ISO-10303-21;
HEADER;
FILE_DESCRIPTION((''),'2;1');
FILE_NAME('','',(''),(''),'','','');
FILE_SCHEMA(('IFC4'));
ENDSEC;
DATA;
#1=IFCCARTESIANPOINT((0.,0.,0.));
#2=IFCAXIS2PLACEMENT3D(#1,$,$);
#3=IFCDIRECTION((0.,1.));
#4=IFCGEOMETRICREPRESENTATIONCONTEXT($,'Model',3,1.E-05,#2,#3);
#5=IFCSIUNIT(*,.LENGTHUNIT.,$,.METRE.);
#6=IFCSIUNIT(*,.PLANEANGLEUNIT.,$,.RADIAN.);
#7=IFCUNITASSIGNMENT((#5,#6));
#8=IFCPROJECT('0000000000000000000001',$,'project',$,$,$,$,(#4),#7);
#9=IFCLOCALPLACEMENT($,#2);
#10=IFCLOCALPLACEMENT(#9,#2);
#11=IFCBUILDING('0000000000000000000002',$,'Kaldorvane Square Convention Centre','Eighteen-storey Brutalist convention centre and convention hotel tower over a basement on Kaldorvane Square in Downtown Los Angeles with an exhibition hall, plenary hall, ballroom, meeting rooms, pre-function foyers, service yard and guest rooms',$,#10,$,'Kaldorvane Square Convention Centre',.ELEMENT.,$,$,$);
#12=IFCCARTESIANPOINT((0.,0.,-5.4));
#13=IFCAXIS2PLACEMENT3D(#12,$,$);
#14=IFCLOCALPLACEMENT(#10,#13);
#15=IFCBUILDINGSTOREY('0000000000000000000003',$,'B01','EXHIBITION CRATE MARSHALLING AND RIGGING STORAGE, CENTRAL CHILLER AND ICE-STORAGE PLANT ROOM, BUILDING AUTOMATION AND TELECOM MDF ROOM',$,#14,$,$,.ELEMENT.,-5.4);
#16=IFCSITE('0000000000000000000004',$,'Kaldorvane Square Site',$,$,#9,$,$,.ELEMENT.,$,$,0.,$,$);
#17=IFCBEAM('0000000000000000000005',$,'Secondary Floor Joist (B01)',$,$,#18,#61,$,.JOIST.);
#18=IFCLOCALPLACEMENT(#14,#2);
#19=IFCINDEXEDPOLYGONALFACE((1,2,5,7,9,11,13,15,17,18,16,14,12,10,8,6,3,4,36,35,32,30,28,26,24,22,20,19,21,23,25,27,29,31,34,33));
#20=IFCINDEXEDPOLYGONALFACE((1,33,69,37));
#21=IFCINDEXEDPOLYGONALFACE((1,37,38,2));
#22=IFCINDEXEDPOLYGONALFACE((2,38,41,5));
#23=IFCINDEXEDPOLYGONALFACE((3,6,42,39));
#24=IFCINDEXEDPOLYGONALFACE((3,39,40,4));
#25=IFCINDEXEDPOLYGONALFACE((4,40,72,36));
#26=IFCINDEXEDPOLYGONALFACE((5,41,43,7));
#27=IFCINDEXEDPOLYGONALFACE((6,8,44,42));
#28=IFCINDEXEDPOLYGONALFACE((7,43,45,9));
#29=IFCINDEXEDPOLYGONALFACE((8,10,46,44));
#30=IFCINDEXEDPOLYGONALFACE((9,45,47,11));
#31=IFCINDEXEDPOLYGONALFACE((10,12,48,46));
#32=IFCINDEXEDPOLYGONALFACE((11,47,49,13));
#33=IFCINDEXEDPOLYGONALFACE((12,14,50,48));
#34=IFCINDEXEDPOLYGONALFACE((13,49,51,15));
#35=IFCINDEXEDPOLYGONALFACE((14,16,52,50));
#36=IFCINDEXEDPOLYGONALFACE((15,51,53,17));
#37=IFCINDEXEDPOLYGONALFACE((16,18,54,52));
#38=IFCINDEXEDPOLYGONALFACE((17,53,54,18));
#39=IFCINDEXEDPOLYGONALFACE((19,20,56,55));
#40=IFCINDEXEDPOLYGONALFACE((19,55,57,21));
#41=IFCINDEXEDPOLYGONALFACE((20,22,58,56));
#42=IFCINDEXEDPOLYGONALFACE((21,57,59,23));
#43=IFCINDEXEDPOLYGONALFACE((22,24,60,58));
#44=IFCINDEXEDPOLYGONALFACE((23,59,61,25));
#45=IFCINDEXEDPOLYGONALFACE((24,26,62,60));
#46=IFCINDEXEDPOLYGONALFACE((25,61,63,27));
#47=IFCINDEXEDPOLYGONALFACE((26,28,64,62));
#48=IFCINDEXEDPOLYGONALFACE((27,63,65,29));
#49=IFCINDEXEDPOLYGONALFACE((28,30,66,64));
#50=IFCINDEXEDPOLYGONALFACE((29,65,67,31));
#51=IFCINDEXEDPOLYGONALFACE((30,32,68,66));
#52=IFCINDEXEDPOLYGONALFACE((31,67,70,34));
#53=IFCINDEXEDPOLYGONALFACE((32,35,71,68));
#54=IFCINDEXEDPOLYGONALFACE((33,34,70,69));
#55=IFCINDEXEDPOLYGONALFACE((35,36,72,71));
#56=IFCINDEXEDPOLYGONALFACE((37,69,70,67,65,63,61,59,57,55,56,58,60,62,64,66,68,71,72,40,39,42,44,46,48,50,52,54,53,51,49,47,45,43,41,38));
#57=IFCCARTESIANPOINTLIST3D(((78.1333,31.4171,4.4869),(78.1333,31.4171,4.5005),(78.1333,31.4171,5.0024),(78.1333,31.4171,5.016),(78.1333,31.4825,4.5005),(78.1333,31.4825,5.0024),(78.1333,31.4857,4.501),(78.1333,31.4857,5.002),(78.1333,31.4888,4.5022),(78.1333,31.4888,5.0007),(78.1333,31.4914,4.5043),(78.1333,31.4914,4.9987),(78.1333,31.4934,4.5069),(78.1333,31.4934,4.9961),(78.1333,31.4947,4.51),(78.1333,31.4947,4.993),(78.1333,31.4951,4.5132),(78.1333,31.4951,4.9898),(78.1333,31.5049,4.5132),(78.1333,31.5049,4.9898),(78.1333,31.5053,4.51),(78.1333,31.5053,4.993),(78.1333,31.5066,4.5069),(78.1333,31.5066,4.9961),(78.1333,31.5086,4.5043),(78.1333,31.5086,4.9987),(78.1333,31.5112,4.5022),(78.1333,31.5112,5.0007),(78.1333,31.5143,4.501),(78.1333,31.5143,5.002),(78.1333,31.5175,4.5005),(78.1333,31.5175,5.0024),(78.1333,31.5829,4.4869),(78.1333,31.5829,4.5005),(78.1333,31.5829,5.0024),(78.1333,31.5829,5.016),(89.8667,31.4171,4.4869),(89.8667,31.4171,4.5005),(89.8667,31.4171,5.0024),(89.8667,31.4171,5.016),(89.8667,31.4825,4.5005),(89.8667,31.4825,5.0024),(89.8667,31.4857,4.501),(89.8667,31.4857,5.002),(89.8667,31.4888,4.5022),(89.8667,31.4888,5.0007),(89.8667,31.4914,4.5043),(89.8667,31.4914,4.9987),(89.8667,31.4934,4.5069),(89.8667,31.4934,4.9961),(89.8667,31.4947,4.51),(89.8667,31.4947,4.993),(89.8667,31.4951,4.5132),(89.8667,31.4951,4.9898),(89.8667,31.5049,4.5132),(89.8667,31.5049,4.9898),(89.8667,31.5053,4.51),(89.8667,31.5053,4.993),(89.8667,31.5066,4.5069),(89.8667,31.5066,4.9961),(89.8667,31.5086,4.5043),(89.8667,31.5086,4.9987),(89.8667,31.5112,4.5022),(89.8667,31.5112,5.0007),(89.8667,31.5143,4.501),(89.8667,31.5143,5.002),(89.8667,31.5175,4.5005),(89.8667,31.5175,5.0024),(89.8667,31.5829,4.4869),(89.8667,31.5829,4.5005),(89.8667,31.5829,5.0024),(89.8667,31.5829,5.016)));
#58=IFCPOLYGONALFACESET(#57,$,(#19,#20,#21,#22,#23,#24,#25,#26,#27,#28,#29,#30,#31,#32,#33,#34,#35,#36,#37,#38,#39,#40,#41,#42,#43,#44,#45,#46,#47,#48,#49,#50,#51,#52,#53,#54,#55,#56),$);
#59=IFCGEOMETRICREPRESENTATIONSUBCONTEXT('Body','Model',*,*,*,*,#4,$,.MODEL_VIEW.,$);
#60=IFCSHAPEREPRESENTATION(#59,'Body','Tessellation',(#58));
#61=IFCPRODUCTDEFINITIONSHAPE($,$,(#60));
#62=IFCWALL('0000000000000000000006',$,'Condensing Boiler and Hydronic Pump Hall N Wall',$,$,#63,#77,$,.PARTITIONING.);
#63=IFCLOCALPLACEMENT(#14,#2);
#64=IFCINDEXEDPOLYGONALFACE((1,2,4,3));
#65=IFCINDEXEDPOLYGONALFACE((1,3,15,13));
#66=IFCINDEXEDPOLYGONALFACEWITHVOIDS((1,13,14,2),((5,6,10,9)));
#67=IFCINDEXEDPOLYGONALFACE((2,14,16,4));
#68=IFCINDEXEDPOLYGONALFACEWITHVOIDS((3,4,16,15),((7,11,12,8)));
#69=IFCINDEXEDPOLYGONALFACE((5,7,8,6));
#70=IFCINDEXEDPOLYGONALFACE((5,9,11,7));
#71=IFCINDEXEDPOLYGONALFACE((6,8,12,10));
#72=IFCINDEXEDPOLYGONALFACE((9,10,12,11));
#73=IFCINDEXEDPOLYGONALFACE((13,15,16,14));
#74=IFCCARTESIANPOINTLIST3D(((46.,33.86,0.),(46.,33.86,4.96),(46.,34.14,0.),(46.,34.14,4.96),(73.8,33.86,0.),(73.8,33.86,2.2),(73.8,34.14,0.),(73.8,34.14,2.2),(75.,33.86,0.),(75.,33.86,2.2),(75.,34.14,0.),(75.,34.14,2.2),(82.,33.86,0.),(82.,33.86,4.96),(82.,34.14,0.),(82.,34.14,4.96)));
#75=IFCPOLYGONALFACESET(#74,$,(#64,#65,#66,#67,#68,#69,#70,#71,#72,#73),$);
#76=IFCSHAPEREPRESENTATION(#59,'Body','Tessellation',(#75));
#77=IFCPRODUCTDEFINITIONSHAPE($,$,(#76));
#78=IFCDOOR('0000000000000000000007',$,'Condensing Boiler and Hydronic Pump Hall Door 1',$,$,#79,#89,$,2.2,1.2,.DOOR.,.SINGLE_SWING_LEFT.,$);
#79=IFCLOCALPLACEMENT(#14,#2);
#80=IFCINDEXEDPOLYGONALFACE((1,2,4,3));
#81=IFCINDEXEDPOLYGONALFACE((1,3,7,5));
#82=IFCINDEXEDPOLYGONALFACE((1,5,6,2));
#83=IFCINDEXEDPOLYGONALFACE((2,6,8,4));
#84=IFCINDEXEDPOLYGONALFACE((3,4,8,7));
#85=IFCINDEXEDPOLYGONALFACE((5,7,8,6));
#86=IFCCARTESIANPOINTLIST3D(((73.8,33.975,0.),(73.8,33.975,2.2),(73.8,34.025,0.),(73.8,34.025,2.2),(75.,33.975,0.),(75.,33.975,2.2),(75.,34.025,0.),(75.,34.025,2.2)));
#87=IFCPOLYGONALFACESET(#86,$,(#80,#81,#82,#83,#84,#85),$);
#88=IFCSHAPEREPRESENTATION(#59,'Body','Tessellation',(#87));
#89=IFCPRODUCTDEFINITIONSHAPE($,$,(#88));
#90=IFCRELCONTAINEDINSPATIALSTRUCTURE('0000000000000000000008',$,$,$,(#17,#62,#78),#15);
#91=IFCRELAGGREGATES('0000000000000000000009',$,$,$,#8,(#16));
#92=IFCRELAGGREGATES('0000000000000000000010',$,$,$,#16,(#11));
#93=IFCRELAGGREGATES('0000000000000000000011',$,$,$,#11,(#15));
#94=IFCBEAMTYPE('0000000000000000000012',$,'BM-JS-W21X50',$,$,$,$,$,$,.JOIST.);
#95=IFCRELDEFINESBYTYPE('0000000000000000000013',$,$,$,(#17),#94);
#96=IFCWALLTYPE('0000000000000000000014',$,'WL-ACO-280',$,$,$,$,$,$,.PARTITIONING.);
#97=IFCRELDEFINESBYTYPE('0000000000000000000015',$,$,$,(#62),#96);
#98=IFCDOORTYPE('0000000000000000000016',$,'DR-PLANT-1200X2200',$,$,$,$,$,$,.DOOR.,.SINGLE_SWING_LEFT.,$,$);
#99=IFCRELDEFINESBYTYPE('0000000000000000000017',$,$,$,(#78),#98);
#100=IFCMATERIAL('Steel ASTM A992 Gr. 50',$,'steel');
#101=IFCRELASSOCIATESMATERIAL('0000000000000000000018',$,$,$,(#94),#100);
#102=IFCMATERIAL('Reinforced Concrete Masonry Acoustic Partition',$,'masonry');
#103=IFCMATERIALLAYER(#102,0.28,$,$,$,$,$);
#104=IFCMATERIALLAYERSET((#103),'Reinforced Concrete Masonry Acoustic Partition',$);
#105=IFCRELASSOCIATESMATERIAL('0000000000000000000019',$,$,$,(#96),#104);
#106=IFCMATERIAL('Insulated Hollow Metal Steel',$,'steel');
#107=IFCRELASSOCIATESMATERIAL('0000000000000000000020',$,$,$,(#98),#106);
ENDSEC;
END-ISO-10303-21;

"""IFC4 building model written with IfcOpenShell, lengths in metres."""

from ifc_helpers import new_model, si_unit, direction, frame, frame_2d, origin, origin_2d, place, context, subcontext, project, spatial, rectangle, i_section, extrude, material, layer, layer_set, material_profile, profile_set, type_object, element, fill, save


model = new_model("IFC4")

# Units and contexts
model_context = context("Model", 3, precision=1e-05, world=origin(), true_north=direction((0.0, 1.0)))
body_context = subcontext(model_context, "Body", "Model", "MODEL_VIEW")
ifc_project = project(units=[si_unit("LENGTHUNIT", "METRE"), si_unit("PLANEANGLEUNIT", "RADIAN")], contexts=[model_context])

# Site, building, storey
site_placement = place(None, origin())
site = spatial("IfcSite", under=ifc_project, at=site_placement, Name="Kaldorvane Square Site", CompositionType="ELEMENT", RefElevation=0.0)
building_placement = place(site_placement, origin())
building = spatial("IfcBuilding", under=site, at=building_placement, Name="Kaldorvane Square Convention Centre", Description="Eighteen-storey Brutalist convention centre and convention hotel tower over a basement on Kaldorvane Square in Downtown Los Angeles with an exhibition hall, plenary hall, ballroom, meeting rooms, pre-function foyers, service yard and guest rooms", LongName="Kaldorvane Square Convention Centre", CompositionType="ELEMENT")
storey_placement = place(building_placement, frame((0.0, 0.0, -5.4)))
storey = spatial("IfcBuildingStorey", under=building, at=storey_placement, Name="B01", Description="EXHIBITION CRATE MARSHALLING AND RIGGING STORAGE, CENTRAL CHILLER AND ICE-STORAGE PLANT ROOM, BUILDING AUTOMATION AND TELECOM MDF ROOM", CompositionType="ELEMENT", Elevation=-5.4)

# Shared definitions
ifc_material_1 = material(Name="Steel ASTM A992 Gr. 50", Category="steel")

# Beam
ifc_material_profile_1 = material_profile(ifc_material_1, i_section(OverallWidth=0.1659, OverallDepth=0.5291, WebThickness=0.0097, FlangeThickness=0.0136, FilletRadius=0.0127, at=origin_2d()), Name="W21X50")
ifc_profile_set_1 = profile_set([ifc_material_profile_1], Name="Steel ASTM A992 Gr. 50")
beam_type_1 = type_object("IfcBeamType", Name="BM-JS-W21X50", PredefinedType="JOIST", material=ifc_profile_set_1)
for number, where, z_axis, x_axis, name in (
    (1, (78.1333, 31.5, 4.7515), (1.0, 0.0, 0.0), (0.0, 1.0, 0.0), "Secondary Floor Joist (B01)"),
):
    element("IfcBeam", number, at=place(storey_placement, frame(where, z_axis=z_axis, x_axis=x_axis)), inside=storey, type_object=beam_type_1, Name=name, PredefinedType="JOIST", context=body_context, shape_type="SweptSolid", body=[
        extrude(i_section(OverallWidth=0.1659, OverallDepth=0.5291, WebThickness=0.0097, FlangeThickness=0.0136, FilletRadius=0.0127, at=origin_2d()), origin(), (0.0, 0.0, 1.0), 11.7334),
    ])

# Wall, opening, door
ifc_material_2 = material(Name="Reinforced Concrete Masonry Acoustic Partition", Category="masonry")
ifc_layer = layer(ifc_material_2, 0.28)
ifc_layer_set = layer_set([ifc_layer], Name="Reinforced Concrete Masonry Acoustic Partition")
wall_type = type_object("IfcWallType", Name="WL-ACO-280", PredefinedType="PARTITIONING", material=ifc_layer_set)
wall_placement = place(storey_placement, frame((82.0, 34.0, 0.0), z_axis=(0.0, 0.0, 1.0), x_axis=(-1.0, 0.0, 0.0)))
wall = element("IfcWall", 2, at=wall_placement, inside=storey, type_object=wall_type, Name="Condensing Boiler and Hydronic Pump Hall N Wall", PredefinedType="PARTITIONING", context=body_context, shape_type="SweptSolid", body=[
    extrude(rectangle(XDim=36.0, YDim=0.28, at=frame_2d((18.0, 0.0))), origin(), (0.0, 0.0, 1.0), 4.96),
])
opening_placement = place(wall_placement, frame((7.0, 0.0, 0.0)))
opening = element("IfcOpeningElement", 3, at=opening_placement, cuts=wall, PredefinedType="OPENING", context=body_context, shape_type="SweptSolid", body=[
    extrude(rectangle(XDim=1.2, YDim=2.2, at=frame_2d((0.6, 1.1))), frame((0.0, 0.155, 0.0), z_axis=(0.0, -1.0, 0.0), x_axis=(1.0, 0.0, 0.0)), (0.0, 0.0, 1.0), 0.31),
])
ifc_material_3 = material(Name="Insulated Hollow Metal Steel", Category="steel")
door_type = type_object("IfcDoorType", Name="DR-PLANT-1200X2200", OperationType="SINGLE_SWING_LEFT", PredefinedType="DOOR", material=ifc_material_3)
door_placement = place(opening_placement, origin())
door = element("IfcDoor", 4, at=door_placement, inside=storey, type_object=door_type, Name="Condensing Boiler and Hydronic Pump Hall Door 1", OperationType="SINGLE_SWING_LEFT", OverallHeight=2.2, OverallWidth=1.2, PredefinedType="DOOR", context=body_context, shape_type="SweptSolid", body=[
    extrude(rectangle(XDim=1.2, YDim=2.2, at=frame_2d((0.6, 1.1))), frame((0.0, 0.025, 0.0), z_axis=(0.0, -1.0, 0.0), x_axis=(1.0, 0.0, 0.0)), (0.0, 0.0, 1.0), 0.05),
])
fill(opening, door)

save(model, "model.ifc")
